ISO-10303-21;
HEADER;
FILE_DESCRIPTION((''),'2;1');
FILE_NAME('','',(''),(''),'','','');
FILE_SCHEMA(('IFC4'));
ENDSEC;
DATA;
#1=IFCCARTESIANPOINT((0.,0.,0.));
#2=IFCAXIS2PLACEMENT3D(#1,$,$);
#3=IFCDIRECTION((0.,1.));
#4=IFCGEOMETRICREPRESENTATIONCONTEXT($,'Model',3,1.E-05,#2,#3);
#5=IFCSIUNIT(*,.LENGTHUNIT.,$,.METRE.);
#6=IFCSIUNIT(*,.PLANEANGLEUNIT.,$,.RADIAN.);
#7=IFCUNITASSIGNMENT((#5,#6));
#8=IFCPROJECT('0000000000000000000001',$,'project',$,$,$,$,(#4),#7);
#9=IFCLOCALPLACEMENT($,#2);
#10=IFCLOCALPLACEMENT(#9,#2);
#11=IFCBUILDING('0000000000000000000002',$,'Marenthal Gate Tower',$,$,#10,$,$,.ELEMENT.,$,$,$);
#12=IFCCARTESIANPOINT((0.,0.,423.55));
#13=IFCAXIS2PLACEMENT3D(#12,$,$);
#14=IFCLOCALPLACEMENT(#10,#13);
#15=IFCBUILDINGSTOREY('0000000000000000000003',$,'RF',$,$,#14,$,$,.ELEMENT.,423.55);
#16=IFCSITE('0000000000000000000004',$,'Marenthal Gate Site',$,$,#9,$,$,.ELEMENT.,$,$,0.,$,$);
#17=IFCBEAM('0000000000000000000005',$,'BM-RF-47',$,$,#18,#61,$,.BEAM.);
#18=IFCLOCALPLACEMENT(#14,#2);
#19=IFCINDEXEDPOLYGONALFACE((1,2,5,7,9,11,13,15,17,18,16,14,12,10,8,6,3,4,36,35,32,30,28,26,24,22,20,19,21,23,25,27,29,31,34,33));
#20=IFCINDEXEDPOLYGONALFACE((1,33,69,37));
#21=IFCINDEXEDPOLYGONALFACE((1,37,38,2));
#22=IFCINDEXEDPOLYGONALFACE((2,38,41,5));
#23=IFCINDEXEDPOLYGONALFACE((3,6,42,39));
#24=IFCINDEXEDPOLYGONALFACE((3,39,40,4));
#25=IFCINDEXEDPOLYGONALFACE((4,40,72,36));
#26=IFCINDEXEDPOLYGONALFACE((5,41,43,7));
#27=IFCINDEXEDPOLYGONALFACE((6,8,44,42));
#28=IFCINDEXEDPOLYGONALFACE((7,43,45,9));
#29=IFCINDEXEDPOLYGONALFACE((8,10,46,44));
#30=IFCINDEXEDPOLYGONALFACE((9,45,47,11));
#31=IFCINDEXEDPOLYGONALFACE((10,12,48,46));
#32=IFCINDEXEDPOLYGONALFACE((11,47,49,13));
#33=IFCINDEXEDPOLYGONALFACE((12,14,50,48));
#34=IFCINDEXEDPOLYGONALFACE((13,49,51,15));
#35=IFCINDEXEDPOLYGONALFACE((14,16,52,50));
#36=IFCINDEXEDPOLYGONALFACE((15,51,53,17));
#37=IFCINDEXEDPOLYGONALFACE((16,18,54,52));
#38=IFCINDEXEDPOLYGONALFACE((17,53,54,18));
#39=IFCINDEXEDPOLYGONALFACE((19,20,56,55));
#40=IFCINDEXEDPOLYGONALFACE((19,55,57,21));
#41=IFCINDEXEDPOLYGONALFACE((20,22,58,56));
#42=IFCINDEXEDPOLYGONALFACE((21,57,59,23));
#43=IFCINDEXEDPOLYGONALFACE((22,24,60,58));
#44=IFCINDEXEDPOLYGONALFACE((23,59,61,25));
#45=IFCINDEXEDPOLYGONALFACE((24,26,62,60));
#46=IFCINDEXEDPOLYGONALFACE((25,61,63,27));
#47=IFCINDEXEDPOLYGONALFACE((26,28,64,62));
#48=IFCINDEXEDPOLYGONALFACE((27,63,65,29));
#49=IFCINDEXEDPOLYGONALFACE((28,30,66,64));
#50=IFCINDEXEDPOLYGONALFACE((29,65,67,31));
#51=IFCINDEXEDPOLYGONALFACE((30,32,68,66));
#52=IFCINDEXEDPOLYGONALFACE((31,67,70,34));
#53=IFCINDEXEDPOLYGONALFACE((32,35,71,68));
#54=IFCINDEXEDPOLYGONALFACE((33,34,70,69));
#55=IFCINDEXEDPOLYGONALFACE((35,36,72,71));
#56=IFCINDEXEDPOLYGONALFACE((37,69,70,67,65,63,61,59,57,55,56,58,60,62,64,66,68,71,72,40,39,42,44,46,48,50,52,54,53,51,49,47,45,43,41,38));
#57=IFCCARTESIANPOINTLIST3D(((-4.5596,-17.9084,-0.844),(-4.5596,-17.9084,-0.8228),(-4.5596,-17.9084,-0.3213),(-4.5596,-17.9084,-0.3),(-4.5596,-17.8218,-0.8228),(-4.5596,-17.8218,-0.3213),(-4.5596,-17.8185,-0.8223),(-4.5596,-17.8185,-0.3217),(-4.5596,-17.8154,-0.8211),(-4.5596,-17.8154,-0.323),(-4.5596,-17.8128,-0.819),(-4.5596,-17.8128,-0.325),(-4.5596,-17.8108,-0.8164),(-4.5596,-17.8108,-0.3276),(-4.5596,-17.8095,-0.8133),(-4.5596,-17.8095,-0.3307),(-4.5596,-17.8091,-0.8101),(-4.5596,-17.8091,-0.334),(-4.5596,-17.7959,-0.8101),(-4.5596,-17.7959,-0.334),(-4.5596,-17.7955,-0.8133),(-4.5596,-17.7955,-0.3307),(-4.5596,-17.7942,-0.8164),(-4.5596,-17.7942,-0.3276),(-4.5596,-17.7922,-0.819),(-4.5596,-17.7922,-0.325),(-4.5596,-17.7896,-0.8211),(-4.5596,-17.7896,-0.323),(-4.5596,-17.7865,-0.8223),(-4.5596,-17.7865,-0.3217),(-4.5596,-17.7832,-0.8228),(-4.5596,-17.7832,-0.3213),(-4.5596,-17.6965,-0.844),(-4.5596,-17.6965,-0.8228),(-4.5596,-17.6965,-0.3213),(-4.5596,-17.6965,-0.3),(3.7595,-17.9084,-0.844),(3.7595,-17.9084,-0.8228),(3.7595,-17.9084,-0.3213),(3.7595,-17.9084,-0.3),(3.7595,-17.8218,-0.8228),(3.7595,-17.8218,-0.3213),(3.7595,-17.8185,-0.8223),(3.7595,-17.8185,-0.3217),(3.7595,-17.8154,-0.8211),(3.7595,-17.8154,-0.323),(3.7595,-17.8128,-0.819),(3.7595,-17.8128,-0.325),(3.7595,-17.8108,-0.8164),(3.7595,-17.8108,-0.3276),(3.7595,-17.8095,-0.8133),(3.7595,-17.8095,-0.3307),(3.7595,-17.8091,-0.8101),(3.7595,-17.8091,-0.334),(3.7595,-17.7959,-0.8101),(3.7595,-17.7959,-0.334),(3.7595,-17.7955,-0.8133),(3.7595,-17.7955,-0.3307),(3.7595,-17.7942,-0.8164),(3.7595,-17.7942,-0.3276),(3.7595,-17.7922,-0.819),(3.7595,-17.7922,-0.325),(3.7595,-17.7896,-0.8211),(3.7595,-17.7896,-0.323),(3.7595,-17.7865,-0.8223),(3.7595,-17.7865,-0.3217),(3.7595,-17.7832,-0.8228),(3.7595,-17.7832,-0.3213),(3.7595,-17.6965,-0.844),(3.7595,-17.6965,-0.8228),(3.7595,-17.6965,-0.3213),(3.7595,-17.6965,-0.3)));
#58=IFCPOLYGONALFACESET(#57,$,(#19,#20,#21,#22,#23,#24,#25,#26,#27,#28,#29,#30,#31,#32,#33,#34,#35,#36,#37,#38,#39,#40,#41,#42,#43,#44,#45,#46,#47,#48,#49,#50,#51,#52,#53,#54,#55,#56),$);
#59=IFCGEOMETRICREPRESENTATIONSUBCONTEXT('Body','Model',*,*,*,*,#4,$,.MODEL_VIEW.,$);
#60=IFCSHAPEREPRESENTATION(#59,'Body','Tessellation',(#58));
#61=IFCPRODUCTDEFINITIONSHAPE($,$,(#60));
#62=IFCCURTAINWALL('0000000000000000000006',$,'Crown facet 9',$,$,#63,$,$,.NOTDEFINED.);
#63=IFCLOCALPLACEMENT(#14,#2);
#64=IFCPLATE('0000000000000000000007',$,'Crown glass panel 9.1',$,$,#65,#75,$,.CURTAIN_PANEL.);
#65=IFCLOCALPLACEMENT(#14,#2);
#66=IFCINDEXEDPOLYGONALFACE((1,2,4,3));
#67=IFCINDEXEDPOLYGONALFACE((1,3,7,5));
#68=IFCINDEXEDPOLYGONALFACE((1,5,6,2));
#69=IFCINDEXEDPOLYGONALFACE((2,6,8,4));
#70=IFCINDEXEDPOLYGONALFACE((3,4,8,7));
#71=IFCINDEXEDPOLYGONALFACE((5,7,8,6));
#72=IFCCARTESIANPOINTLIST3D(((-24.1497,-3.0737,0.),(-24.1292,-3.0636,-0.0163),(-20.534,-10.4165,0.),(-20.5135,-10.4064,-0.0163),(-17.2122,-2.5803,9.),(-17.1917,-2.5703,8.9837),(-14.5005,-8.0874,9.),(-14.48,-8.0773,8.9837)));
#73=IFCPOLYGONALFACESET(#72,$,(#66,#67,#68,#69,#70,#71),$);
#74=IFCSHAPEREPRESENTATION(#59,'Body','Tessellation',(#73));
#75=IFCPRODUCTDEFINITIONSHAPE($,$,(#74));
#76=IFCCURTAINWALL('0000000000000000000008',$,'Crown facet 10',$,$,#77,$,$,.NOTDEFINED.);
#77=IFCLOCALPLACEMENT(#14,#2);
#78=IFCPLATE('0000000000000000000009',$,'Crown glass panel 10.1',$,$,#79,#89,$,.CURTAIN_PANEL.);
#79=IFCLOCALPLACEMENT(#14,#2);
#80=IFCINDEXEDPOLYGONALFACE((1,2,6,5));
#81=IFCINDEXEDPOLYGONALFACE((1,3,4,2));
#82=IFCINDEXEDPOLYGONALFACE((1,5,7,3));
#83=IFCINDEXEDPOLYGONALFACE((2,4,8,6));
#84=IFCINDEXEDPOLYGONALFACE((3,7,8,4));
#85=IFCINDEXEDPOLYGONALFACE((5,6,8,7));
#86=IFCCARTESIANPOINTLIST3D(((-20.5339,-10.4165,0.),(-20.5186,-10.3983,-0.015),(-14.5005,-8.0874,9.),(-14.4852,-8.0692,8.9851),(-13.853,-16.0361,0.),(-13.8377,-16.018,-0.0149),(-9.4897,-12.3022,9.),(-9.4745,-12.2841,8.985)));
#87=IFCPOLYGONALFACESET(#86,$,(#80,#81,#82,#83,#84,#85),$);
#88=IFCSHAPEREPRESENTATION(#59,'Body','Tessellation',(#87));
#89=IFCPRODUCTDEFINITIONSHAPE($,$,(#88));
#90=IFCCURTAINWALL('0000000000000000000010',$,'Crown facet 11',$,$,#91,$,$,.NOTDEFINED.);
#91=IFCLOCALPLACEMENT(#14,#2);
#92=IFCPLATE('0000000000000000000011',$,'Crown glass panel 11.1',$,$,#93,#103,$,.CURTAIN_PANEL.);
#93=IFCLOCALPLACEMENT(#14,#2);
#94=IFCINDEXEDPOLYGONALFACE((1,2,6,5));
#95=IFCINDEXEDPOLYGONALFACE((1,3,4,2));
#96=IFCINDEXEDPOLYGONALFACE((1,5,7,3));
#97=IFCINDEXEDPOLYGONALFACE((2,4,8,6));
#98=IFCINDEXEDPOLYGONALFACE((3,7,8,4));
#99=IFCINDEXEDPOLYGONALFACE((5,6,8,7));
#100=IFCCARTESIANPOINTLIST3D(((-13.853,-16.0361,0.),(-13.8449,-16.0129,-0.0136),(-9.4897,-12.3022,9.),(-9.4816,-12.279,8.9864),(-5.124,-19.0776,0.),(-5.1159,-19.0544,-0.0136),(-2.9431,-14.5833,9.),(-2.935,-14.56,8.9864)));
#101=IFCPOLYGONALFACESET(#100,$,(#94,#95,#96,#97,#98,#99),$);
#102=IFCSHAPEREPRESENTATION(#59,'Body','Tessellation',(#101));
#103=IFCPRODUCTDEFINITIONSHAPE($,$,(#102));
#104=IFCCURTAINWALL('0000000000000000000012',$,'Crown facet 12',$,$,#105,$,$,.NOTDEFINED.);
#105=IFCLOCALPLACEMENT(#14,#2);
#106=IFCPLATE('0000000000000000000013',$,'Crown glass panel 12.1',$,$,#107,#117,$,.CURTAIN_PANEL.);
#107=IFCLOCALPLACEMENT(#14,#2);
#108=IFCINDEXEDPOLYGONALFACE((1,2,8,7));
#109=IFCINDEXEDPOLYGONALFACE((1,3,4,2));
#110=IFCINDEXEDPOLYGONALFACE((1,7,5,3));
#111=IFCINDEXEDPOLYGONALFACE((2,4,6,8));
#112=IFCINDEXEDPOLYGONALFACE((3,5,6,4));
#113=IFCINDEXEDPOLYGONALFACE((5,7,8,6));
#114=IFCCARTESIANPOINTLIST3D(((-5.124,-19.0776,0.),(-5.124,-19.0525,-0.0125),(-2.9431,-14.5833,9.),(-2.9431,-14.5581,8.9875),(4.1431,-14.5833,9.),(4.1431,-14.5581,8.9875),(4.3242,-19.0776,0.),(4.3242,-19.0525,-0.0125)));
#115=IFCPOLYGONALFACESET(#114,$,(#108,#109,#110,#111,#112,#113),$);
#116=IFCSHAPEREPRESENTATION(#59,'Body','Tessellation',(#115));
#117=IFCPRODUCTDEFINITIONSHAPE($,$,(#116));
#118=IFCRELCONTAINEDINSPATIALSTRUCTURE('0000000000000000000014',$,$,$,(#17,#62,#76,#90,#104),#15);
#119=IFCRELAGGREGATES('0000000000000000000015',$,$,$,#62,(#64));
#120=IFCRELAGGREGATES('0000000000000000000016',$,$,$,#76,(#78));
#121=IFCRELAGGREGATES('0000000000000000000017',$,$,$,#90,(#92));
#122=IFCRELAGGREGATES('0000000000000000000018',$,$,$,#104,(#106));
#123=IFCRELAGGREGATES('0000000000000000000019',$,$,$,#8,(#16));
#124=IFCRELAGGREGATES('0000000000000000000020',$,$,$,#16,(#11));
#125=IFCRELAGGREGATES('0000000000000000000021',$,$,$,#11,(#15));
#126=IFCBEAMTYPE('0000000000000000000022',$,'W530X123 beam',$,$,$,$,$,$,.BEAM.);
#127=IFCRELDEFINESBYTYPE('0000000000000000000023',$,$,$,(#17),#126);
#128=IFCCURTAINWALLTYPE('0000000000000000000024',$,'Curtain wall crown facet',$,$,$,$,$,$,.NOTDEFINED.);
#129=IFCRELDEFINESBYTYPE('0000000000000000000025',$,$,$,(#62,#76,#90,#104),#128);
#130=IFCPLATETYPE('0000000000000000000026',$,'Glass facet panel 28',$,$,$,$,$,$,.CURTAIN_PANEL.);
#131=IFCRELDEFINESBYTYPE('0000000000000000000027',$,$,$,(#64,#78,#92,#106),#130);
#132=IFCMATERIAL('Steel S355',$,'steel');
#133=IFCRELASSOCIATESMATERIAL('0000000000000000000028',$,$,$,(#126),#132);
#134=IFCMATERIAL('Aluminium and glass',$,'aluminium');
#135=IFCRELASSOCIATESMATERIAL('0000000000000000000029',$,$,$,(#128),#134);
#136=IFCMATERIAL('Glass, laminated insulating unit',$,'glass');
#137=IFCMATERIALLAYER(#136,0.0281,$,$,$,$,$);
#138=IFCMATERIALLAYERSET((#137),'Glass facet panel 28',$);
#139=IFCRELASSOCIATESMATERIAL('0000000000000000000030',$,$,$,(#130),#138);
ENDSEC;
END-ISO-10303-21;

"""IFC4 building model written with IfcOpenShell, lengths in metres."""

from ifc_helpers import new_model, si_unit, direction, frame, origin, origin_2d, place, context, subcontext, project, spatial, polyline, i_section, outline, extrude, material, layer, layer_set, material_profile, profile_set, type_object, element, aggregate, save


model = new_model("IFC4")

# Units and contexts
model_context = context("Model", 3, precision=1e-05, world=origin(), true_north=direction((0.0, 1.0)))
body_context = subcontext(model_context, "Body", "Model", "MODEL_VIEW")
ifc_project = project(units=[si_unit("LENGTHUNIT", "METRE"), si_unit("PLANEANGLEUNIT", "RADIAN")], contexts=[model_context])

# Site, building, storey
site_placement = place(None, origin())
site = spatial("IfcSite", under=ifc_project, at=site_placement, Name="Marenthal Gate Site", CompositionType="ELEMENT", RefElevation=0.0)
building_placement = place(site_placement, origin())
building = spatial("IfcBuilding", under=site, at=building_placement, Name="Marenthal Gate Tower", CompositionType="ELEMENT")
storey_placement = place(building_placement, frame((0.0, 0.0, 423.55)))
storey = spatial("IfcBuildingStorey", under=building, at=storey_placement, Name="RF", CompositionType="ELEMENT", Elevation=423.55)

# Beam
ifc_material_1 = material(Name="Steel S355", Category="steel")
ifc_material_profile_1 = material_profile(ifc_material_1, i_section(OverallWidth=0.2119, OverallDepth=0.5439, WebThickness=0.0132, FlangeThickness=0.0212, FilletRadius=0.0127, at=origin_2d()), Name="W530X123")
ifc_profile_set_1 = profile_set([ifc_material_profile_1], Name="Steel S355")
beam_type_1 = type_object("IfcBeamType", Name="W530X123 beam", PredefinedType="BEAM", material=ifc_profile_set_1)
beam_1_placement = place(storey_placement, frame((-4.5596, -17.8025, -0.572), z_axis=(1.0, 0.0, 0.0), x_axis=(0.0, 1.0, 0.0)))
element("IfcBeam", 1, at=beam_1_placement, inside=storey, type_object=beam_type_1, Name="BM-RF-47", PredefinedType="BEAM", context=body_context, shape_type="SweptSolid", body=[
    extrude(i_section(OverallWidth=0.2119, OverallDepth=0.5439, WebThickness=0.0132, FlangeThickness=0.0212, FilletRadius=0.0127, at=origin_2d()), origin(), (0.0, 0.0, 1.0), 8.3191),
])

# Curtain walls, plates
ifc_material_2 = material(Name="Aluminium and glass", Category="aluminium")
curtain_wall_type = type_object("IfcCurtainWallType", Name="Curtain wall crown facet", PredefinedType="NOTDEFINED", material=ifc_material_2)
curtain_wall_1_placement = place(storey_placement, origin())
curtain_wall_1 = element("IfcCurtainWall", 2, at=curtain_wall_1_placement, inside=storey, type_object=curtain_wall_type, Name="Crown facet 9", PredefinedType="NOTDEFINED")
ifc_material_3 = material(Name="Glass, laminated insulating unit", Category="glass")
ifc_layer_1 = layer(ifc_material_3, 0.0281)
ifc_layer_set_1 = layer_set([ifc_layer_1], Name="Glass facet panel 28")
plate_type = type_object("IfcPlateType", Name="Glass facet panel 28", PredefinedType="CURTAIN_PANEL", material=ifc_layer_set_1)
plate_1_placement = place(storey_placement, frame((-24.1497, -3.0737, 0.0), z_axis=(-0.729522, -0.359224, 0.582028), x_axis=(0.44176, -0.897133, 0.000004)))
plate_1 = element("IfcPlate", 3, at=plate_1_placement, type_object=plate_type, Name="Crown glass panel 9.1", PredefinedType="CURTAIN_PANEL", context=body_context, shape_type="SweptSolid", body=[
    extrude(outline(polyline([(0.0, 0.0), (8.1847, 0.0), (8.7606, 11.0678), (2.6221, 11.0678), (0.0, 0.0)])), origin(), (0.0, 0.0, -1.0), 0.0281),
])
aggregate(curtain_wall_1, [plate_1])
curtain_wall_2_placement = place(storey_placement, origin())
curtain_wall_2 = element("IfcCurtainWall", 4, at=curtain_wall_2_placement, inside=storey, type_object=curtain_wall_type, Name="Crown facet 10", PredefinedType="NOTDEFINED")
plate_2_placement = place(storey_placement, frame((-20.5339, -10.4165, 0.0), z_axis=(-0.544742, -0.647613, 0.532778), x_axis=(0.765271, -0.643709, 0.000002)))
plate_2 = element("IfcPlate", 5, at=plate_2_placement, type_object=plate_type, Name="Crown glass panel 10.1", PredefinedType="CURTAIN_PANEL", context=body_context, shape_type="SweptSolid", body=[
    extrude(outline(polyline([(0.0, 0.0), (8.7301, 0.0), (9.6657, 10.6351), (3.118, 10.6351), (0.0, 0.0)])), origin(), (0.0, 0.0, -1.0), 0.0281),
])
aggregate(curtain_wall_2, [plate_2])
curtain_wall_3_placement = place(storey_placement, origin())
curtain_wall_3 = element("IfcCurtainWall", 6, at=curtain_wall_3_placement, inside=storey, type_object=curtain_wall_type, Name="Crown facet 11", PredefinedType="NOTDEFINED")
plate_3_placement = place(storey_placement, frame((-13.853, -16.0361, 0.0), z_axis=(-0.288144, -0.826974, 0.482791), x_axis=(0.944319, -0.329031, -0.000002)))
plate_3 = element("IfcPlate", 7, at=plate_3_placement, type_object=plate_type, Name="Crown glass panel 11.1", PredefinedType="CURTAIN_PANEL", context=body_context, shape_type="SweptSolid", body=[
    extrude(outline(polyline([(0.0, 0.0), (9.2437, 0.0), (9.8244, 10.2771), (2.8917, 10.2771), (0.0, 0.0)])), origin(), (0.0, 0.0, -1.0), 0.0281),
])
aggregate(curtain_wall_3, [plate_3])
curtain_wall_4_placement = place(storey_placement, origin())
curtain_wall_4 = element("IfcCurtainWall", 8, at=curtain_wall_4_placement, inside=storey, type_object=curtain_wall_type, Name="Crown facet 12", PredefinedType="NOTDEFINED")
plate_4_placement = place(storey_placement, frame((-5.124, -19.0776, 0.0), z_axis=(0.0, -0.89465, 0.446767), x_axis=(1.0, 0.0, 0.0)))
plate_4 = element("IfcPlate", 9, at=plate_4_placement, type_object=plate_type, Name="Crown glass panel 12.1", PredefinedType="CURTAIN_PANEL", context=body_context, shape_type="SweptSolid", body=[
    extrude(outline(polyline([(0.0, 0.0), (9.4482, 0.0), (9.2671, 10.0598), (2.1809, 10.0598), (0.0, 0.0)])), origin(), (0.0, 0.0, -1.0), 0.0281),
])
aggregate(curtain_wall_4, [plate_4])

save(model, "model.ifc")
